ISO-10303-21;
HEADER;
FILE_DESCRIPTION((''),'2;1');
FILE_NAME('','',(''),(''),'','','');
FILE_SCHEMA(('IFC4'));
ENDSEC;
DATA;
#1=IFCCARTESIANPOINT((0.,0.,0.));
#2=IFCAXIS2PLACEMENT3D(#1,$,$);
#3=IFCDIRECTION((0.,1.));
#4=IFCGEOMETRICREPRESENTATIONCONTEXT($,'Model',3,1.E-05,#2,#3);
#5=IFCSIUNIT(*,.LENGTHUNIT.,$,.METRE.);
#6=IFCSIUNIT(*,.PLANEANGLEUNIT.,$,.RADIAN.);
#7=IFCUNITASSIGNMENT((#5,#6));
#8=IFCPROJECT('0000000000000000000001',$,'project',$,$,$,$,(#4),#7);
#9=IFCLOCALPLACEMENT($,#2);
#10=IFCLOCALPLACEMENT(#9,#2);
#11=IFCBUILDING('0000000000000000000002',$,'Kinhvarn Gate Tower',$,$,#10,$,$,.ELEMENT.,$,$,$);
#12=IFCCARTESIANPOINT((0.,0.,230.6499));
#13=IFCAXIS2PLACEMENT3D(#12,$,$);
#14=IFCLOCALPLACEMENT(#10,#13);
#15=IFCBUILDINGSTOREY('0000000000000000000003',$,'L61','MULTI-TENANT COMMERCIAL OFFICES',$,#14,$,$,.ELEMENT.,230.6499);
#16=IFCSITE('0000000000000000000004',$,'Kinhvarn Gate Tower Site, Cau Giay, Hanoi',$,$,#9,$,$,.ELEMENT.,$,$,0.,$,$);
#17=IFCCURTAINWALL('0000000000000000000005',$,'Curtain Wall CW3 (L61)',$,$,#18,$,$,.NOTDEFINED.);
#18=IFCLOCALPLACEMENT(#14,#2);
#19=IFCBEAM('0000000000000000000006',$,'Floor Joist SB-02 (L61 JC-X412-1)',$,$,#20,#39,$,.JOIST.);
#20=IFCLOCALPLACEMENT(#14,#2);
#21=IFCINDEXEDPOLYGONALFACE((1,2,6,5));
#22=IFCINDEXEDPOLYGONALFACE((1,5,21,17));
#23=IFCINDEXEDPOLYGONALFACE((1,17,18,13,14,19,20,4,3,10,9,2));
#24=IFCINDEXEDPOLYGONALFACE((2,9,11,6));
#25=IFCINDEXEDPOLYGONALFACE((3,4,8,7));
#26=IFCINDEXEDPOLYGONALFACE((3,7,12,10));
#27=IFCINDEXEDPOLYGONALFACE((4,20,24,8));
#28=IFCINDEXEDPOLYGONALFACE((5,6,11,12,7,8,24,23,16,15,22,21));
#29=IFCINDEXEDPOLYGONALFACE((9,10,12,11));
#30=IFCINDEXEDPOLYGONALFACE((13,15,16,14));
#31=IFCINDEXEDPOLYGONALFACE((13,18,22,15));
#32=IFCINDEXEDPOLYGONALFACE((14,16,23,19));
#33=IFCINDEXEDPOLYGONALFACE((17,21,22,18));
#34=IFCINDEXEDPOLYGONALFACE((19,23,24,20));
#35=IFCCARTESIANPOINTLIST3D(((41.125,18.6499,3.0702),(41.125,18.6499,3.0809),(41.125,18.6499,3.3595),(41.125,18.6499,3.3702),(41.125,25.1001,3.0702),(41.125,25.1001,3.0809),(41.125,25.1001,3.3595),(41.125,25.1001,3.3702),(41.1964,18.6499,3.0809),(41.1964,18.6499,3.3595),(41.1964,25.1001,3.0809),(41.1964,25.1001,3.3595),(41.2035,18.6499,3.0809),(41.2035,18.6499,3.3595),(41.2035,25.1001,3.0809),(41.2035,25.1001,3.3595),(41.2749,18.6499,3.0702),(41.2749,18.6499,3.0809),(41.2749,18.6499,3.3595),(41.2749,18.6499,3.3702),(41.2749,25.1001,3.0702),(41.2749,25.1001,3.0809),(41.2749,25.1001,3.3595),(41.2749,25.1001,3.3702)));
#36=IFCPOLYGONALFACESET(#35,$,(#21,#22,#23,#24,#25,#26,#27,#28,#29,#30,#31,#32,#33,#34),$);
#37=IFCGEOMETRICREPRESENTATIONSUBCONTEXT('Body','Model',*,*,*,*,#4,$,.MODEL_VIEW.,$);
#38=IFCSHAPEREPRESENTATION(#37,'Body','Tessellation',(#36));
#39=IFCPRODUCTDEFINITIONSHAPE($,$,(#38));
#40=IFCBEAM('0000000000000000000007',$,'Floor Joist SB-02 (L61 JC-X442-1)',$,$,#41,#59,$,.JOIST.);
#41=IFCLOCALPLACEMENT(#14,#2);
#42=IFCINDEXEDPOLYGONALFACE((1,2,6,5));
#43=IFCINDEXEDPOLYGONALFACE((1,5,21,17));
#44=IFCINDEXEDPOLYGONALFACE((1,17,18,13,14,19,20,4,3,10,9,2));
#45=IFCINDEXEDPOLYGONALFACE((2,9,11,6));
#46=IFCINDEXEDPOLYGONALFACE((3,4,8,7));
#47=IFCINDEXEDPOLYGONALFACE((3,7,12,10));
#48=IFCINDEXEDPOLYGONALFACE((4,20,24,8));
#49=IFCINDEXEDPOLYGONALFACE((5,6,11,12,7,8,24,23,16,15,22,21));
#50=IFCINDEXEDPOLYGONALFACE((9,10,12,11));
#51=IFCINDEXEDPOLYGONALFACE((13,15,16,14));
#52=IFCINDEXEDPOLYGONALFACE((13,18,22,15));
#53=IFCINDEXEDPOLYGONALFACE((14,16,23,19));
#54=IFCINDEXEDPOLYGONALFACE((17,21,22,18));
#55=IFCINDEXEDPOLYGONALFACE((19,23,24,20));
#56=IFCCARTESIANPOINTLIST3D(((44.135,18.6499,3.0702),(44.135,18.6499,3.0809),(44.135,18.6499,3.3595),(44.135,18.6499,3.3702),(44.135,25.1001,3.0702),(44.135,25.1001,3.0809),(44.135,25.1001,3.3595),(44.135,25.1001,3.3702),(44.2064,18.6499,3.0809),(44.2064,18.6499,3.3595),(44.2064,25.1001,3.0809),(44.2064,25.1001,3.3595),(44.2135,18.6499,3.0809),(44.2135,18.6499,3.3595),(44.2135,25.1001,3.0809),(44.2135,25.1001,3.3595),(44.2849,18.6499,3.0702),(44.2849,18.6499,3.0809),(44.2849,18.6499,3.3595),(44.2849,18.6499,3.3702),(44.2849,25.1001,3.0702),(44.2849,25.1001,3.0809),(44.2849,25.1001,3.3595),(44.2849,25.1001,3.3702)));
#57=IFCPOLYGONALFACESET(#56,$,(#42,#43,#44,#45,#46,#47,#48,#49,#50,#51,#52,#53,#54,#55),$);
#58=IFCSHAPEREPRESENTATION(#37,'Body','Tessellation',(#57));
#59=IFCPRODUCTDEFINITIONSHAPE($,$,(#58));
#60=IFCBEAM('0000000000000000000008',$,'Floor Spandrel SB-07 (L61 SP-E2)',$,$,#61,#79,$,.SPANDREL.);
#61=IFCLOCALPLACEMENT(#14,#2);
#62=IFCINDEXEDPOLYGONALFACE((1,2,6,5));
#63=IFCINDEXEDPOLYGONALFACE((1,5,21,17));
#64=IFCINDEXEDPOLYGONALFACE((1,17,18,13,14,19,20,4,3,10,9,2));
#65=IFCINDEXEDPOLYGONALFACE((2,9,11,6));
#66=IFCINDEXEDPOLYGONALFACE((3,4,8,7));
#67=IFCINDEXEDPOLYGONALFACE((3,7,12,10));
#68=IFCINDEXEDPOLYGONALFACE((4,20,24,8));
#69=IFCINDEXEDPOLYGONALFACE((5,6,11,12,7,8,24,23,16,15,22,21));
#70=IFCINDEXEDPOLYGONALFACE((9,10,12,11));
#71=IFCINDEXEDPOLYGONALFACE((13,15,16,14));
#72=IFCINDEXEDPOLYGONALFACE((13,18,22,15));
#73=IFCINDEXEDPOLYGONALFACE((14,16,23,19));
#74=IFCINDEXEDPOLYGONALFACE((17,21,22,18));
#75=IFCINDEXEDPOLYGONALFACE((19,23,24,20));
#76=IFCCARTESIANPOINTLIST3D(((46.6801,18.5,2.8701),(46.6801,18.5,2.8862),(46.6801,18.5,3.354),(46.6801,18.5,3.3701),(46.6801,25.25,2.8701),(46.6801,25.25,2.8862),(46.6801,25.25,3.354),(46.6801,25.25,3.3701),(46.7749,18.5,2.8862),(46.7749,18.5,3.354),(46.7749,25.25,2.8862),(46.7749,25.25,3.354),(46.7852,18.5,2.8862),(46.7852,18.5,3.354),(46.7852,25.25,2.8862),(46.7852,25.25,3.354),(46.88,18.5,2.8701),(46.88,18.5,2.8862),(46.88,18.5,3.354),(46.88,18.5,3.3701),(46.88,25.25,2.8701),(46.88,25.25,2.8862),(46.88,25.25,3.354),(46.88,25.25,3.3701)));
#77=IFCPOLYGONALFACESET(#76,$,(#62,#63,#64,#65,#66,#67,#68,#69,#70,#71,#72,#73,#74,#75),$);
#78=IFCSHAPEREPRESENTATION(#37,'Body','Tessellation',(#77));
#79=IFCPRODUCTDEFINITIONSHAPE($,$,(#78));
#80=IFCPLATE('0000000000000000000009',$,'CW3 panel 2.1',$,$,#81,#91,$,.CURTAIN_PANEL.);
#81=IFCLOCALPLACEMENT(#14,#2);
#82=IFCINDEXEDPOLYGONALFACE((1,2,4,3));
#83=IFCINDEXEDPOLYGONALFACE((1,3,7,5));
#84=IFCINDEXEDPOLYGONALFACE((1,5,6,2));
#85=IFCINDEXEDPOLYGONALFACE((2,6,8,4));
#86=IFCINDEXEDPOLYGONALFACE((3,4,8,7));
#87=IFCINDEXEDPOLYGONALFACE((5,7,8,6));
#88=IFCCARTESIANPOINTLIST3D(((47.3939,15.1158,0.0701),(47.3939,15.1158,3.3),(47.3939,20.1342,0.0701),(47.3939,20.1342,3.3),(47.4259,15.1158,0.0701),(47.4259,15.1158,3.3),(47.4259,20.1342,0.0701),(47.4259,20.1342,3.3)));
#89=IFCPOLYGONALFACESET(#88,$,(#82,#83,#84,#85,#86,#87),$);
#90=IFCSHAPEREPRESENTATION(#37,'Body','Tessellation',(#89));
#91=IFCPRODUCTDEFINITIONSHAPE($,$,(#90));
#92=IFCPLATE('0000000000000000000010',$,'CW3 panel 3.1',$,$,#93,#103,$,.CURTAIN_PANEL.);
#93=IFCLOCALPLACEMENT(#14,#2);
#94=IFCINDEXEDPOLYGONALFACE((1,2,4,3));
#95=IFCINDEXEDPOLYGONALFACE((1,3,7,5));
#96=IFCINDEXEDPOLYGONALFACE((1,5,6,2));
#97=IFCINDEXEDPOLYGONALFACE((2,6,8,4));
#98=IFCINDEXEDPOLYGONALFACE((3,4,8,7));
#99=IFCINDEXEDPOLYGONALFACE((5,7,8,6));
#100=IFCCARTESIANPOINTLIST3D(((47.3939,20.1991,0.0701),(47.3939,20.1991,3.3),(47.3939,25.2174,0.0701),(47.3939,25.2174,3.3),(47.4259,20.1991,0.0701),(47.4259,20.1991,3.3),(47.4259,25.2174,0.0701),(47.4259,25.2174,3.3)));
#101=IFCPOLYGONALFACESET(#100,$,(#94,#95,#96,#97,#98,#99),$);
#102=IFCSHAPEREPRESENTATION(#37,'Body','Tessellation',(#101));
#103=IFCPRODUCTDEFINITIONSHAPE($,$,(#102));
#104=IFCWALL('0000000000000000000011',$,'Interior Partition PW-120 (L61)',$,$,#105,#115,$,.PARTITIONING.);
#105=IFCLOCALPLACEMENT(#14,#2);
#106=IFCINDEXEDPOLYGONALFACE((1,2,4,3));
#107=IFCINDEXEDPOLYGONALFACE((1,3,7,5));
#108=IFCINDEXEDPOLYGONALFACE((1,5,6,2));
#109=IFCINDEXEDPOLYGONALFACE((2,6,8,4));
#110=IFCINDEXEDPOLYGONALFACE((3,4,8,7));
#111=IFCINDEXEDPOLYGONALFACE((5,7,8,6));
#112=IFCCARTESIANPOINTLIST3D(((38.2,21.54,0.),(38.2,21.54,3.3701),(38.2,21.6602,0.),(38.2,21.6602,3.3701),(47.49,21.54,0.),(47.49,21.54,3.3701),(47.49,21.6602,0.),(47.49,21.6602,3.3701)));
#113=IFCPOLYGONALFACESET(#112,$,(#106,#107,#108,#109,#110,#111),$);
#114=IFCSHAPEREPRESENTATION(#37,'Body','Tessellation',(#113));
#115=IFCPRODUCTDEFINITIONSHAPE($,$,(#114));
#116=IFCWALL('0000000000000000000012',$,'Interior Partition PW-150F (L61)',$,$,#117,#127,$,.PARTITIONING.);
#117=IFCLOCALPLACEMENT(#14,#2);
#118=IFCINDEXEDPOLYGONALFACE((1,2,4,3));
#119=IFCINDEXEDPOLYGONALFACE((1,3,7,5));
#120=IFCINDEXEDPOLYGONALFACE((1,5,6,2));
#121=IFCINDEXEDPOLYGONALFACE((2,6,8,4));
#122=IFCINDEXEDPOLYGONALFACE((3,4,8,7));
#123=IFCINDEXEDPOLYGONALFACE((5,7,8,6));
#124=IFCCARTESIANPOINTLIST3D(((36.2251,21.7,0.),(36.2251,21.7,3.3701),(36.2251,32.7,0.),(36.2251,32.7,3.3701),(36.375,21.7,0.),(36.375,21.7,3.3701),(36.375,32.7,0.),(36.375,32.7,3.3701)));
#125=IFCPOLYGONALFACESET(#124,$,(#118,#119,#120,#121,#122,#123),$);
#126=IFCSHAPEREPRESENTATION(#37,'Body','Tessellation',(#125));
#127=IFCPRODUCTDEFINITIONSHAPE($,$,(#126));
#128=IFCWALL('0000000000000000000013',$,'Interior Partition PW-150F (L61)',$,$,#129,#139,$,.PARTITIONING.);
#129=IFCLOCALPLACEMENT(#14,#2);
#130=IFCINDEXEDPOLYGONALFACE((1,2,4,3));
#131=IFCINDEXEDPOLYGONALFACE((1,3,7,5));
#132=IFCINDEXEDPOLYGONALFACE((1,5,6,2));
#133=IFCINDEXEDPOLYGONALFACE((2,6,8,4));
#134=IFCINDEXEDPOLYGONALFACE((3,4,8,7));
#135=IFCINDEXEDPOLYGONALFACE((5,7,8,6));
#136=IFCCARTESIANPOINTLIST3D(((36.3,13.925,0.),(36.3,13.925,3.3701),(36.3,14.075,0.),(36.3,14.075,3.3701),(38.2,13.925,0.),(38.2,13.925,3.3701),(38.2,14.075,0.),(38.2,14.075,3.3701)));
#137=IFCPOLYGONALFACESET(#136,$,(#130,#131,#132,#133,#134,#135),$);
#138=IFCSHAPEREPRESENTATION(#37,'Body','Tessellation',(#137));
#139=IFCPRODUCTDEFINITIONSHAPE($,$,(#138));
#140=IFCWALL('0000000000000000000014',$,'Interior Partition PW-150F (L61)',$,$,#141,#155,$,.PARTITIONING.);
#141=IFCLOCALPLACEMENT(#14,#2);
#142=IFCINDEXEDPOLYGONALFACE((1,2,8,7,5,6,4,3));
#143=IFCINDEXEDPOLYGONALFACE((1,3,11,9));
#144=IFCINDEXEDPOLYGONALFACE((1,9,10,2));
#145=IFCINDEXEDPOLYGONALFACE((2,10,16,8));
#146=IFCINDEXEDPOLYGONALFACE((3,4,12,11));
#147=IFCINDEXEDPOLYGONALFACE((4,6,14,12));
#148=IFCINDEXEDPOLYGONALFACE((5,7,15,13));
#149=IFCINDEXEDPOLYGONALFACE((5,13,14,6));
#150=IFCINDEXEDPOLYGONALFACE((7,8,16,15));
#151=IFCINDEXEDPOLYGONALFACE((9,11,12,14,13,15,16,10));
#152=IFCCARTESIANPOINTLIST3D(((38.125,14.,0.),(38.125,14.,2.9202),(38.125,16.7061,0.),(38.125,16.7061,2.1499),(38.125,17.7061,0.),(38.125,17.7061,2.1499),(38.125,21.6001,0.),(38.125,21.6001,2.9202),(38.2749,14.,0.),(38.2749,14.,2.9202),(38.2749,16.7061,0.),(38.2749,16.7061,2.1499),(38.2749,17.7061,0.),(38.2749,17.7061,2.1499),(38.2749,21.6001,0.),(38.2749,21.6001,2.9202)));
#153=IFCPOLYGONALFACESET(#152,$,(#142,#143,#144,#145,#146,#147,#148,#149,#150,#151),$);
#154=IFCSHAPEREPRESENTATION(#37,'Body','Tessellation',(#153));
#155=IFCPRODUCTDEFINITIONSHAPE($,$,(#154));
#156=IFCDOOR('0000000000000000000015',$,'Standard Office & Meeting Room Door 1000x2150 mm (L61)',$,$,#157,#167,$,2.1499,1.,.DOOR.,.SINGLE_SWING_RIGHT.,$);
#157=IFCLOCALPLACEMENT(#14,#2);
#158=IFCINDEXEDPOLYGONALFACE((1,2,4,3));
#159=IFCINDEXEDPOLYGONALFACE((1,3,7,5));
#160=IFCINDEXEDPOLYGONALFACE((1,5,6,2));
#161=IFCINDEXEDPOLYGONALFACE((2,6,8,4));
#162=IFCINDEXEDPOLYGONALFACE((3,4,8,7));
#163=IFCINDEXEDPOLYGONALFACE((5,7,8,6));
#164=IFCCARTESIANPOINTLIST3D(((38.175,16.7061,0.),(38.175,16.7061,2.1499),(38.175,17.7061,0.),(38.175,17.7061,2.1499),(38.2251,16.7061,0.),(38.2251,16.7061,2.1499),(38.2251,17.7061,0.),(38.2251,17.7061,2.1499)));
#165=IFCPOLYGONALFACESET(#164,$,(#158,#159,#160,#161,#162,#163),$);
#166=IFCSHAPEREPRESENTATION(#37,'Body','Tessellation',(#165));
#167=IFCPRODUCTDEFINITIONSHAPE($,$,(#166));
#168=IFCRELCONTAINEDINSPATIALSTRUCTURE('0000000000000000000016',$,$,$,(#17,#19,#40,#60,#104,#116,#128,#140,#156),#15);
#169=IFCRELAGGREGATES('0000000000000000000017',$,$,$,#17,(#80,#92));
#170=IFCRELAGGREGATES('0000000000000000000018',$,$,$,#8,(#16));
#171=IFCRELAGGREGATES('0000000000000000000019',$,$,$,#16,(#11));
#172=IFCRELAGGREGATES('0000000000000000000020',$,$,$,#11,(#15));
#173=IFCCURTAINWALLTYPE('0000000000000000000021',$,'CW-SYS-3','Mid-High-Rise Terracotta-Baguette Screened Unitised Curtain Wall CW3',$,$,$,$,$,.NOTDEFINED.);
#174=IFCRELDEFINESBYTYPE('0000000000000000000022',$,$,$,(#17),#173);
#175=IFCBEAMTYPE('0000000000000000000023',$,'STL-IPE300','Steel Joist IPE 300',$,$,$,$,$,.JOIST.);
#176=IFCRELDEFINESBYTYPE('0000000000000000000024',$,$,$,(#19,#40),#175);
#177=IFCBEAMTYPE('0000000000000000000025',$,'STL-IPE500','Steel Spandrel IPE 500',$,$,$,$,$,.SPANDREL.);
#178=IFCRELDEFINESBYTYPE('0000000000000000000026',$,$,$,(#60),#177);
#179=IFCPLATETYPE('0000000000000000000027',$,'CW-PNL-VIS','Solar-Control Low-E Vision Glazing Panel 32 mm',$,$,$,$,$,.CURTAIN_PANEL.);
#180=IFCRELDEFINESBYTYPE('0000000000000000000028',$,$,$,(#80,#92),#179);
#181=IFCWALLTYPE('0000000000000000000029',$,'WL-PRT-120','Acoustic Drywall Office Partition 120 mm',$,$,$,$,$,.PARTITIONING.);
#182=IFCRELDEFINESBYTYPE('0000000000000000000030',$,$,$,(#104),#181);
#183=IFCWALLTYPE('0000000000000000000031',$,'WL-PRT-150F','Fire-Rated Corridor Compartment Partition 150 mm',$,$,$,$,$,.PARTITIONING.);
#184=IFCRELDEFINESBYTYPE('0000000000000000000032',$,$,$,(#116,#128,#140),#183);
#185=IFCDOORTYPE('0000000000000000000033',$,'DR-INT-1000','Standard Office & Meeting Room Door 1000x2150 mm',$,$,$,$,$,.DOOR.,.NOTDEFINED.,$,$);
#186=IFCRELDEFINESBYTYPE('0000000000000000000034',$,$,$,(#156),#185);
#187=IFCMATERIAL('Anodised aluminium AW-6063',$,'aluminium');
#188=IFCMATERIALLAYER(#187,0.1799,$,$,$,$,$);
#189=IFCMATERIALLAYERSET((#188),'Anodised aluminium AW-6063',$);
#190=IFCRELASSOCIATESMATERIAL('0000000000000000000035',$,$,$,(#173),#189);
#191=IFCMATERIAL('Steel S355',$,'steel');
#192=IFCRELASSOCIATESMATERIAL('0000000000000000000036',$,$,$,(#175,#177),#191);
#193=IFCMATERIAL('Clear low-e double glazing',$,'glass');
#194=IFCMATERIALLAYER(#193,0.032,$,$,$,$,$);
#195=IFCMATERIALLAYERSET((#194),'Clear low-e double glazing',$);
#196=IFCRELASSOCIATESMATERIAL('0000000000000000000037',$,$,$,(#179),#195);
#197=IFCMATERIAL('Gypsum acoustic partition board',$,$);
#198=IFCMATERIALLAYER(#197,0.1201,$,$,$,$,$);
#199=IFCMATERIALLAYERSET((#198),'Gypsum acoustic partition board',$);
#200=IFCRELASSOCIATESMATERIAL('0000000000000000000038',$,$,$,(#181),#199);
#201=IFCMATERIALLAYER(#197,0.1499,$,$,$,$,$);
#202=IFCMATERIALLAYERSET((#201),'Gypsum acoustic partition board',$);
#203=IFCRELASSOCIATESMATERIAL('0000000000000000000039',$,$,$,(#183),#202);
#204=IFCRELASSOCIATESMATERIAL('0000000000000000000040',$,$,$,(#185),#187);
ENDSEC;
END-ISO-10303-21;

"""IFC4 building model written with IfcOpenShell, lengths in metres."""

from ifc_helpers import new_model, si_unit, direction, frame, frame_2d, origin, origin_2d, place, context, subcontext, project, spatial, rectangle, i_section, extrude, material, layer, layer_set, material_profile, profile_set, type_object, element, fill, aggregate, save


model = new_model("IFC4")

# Units and contexts
model_context = context("Model", 3, precision=1e-05, world=origin(), true_north=direction((0.0, 1.0)))
body_context = subcontext(model_context, "Body", "Model", "MODEL_VIEW")
ifc_project = project(units=[si_unit("LENGTHUNIT", "METRE"), si_unit("PLANEANGLEUNIT", "RADIAN")], contexts=[model_context])

# Site, building, storey
site_placement = place(None, origin())
site = spatial("IfcSite", under=ifc_project, at=site_placement, Name="Kinhvarn Gate Tower Site, Cau Giay, Hanoi", CompositionType="ELEMENT", RefElevation=0.0)
building_placement = place(site_placement, origin())
building = spatial("IfcBuilding", under=site, at=building_placement, Name="Kinhvarn Gate Tower", CompositionType="ELEMENT")
storey_placement = place(building_placement, frame((0.0, 0.0, 230.6499)))
storey = spatial("IfcBuildingStorey", under=building, at=storey_placement, Name="L61", Description="MULTI-TENANT COMMERCIAL OFFICES", CompositionType="ELEMENT", Elevation=230.6499)

# Curtain wall
ifc_material_1 = material(Name="Anodised aluminium AW-6063", Category="aluminium")
ifc_layer_1 = layer(ifc_material_1, 0.1799)
ifc_layer_set_1 = layer_set([ifc_layer_1], Name="Anodised aluminium AW-6063")
curtain_wall_type = type_object("IfcCurtainWallType", Name="CW-SYS-3", Description="Mid-High-Rise Terracotta-Baguette Screened Unitised Curtain Wall CW3", PredefinedType="NOTDEFINED", material=ifc_layer_set_1)
curtain_wall_placement = place(storey_placement, origin())
curtain_wall = element("IfcCurtainWall", 1, at=curtain_wall_placement, inside=storey, type_object=curtain_wall_type, Name="Curtain Wall CW3 (L61)", PredefinedType="NOTDEFINED")

# Beams
ifc_material_2 = material(Name="Steel S355", Category="steel")
ifc_material_profile_1 = material_profile(ifc_material_2, i_section(OverallWidth=0.1499, OverallDepth=0.3, WebThickness=0.0071, FlangeThickness=0.0107, at=origin_2d()), Name="IPE 300")
ifc_profile_set_1 = profile_set([ifc_material_profile_1], Name="Steel S355")
beam_type_1 = type_object("IfcBeamType", Name="STL-IPE300", Description="Steel Joist IPE 300", PredefinedType="JOIST", material=ifc_profile_set_1)
for number, where, z_axis, x_axis, name in (
    (2, (41.2, 18.6499, 3.2202), (0.0, 1.0, 0.0), (-1.0, 0.0, 0.0), "Floor Joist SB-02 (L61 JC-X412-1)"),
    (3, (44.21, 18.6499, 3.2202), (0.0, 1.0, 0.0), (-1.0, 0.0, 0.0), "Floor Joist SB-02 (L61 JC-X442-1)"),
):
    element("IfcBeam", number, at=place(storey_placement, frame(where, z_axis=z_axis, x_axis=x_axis)), inside=storey, type_object=beam_type_1, Name=name, PredefinedType="JOIST", context=body_context, shape_type="SweptSolid", body=[
        extrude(i_section(OverallWidth=0.1499, OverallDepth=0.3, WebThickness=0.0071, FlangeThickness=0.0107, at=origin_2d()), origin(), (0.0, 0.0, 1.0), 6.4502),
    ])
ifc_material_profile_2 = material_profile(ifc_material_2, i_section(OverallWidth=0.2, OverallDepth=0.5, WebThickness=0.0103, FlangeThickness=0.0161, at=origin_2d()), Name="IPE 500")
ifc_profile_set_2 = profile_set([ifc_material_profile_2], Name="Steel S355")
beam_type_2 = type_object("IfcBeamType", Name="STL-IPE500", Description="Steel Spandrel IPE 500", PredefinedType="SPANDREL", material=ifc_profile_set_2)
beam_1_placement = place(storey_placement, frame((46.78, 18.5, 3.1201), z_axis=(0.0, 1.0, 0.0), x_axis=(-1.0, 0.0, 0.0)))
element("IfcBeam", 4, at=beam_1_placement, inside=storey, type_object=beam_type_2, Name="Floor Spandrel SB-07 (L61 SP-E2)", PredefinedType="SPANDREL", context=body_context, shape_type="SweptSolid", body=[
    extrude(i_section(OverallWidth=0.2, OverallDepth=0.5, WebThickness=0.0103, FlangeThickness=0.0161, at=origin_2d()), origin(), (0.0, 0.0, 1.0), 6.75),
])

# Plates
ifc_material_3 = material(Name="Clear low-e double glazing", Category="glass")
ifc_layer_2 = layer(ifc_material_3, 0.032)
ifc_layer_set_2 = layer_set([ifc_layer_2], Name="Clear low-e double glazing")
plate_type = type_object("IfcPlateType", Name="CW-PNL-VIS", Description="Solar-Control Low-E Vision Glazing Panel 32 mm", PredefinedType="CURTAIN_PANEL", material=ifc_layer_set_2)
plate_1_placement = place(storey_placement, frame((47.4099, 17.625, 0.0701), z_axis=(0.0, 0.0, 1.0), x_axis=(0.0, 1.0, 0.0)))
plate_1 = element("IfcPlate", 5, at=plate_1_placement, type_object=plate_type, Name="CW3 panel 2.1", PredefinedType="CURTAIN_PANEL", context=body_context, shape_type="SweptSolid", body=[
    extrude(rectangle(XDim=5.0183, YDim=0.032, at=origin_2d()), origin(), (0.0, 0.0, 1.0), 3.23),
])
plate_2_placement = place(storey_placement, frame((47.4099, 22.7083, 0.0701), z_axis=(0.0, 0.0, 1.0), x_axis=(0.0, 1.0, 0.0)))
plate_2 = element("IfcPlate", 6, at=plate_2_placement, type_object=plate_type, Name="CW3 panel 3.1", PredefinedType="CURTAIN_PANEL", context=body_context, shape_type="SweptSolid", body=[
    extrude(rectangle(XDim=5.0183, YDim=0.032, at=origin_2d()), origin(), (0.0, 0.0, 1.0), 3.23),
])
aggregate(curtain_wall, [plate_1, plate_2])

# Wall
ifc_material_4 = material(Name="Gypsum acoustic partition board")
ifc_layer_3 = layer(ifc_material_4, 0.1201)
ifc_layer_set_3 = layer_set([ifc_layer_3], Name="Gypsum acoustic partition board")
wall_type_1 = type_object("IfcWallType", Name="WL-PRT-120", Description="Acoustic Drywall Office Partition 120 mm", PredefinedType="PARTITIONING", material=ifc_layer_set_3)
wall_1_placement = place(storey_placement, frame((38.2, 21.6001, 0.0), z_axis=(0.0, 0.0, 1.0), x_axis=(1.0, 0.0, 0.0)))
element("IfcWall", 7, at=wall_1_placement, inside=storey, type_object=wall_type_1, Name="Interior Partition PW-120 (L61)", PredefinedType="PARTITIONING", context=body_context, shape_type="SweptSolid", body=[
    extrude(rectangle(XDim=9.29, YDim=0.1201, at=frame_2d((4.645, 0.0))), origin(), (0.0, 0.0, 1.0), 3.3701),
])

# Shared definitions
ifc_layer_4 = layer(ifc_material_4, 0.1499)
ifc_layer_set_4 = layer_set([ifc_layer_4], Name="Gypsum acoustic partition board")
wall_type_2 = type_object("IfcWallType", Name="WL-PRT-150F", Description="Fire-Rated Corridor Compartment Partition 150 mm", PredefinedType="PARTITIONING", material=ifc_layer_set_4)
door_type = type_object("IfcDoorType", Name="DR-INT-1000", Description="Standard Office & Meeting Room Door 1000x2150 mm", OperationType="NOTDEFINED", PredefinedType="DOOR", material=ifc_material_1)

# Walls
wall_2_placement = place(storey_placement, frame((36.3, 21.7, 0.0), z_axis=(0.0, 0.0, 1.0), x_axis=(0.0, 1.0, 0.0)))
element("IfcWall", 8, at=wall_2_placement, inside=storey, type_object=wall_type_2, Name="Interior Partition PW-150F (L61)", PredefinedType="PARTITIONING", context=body_context, shape_type="SweptSolid", body=[
    extrude(rectangle(XDim=11.0, YDim=0.1499, at=frame_2d((5.5, 0.0))), origin(), (0.0, 0.0, 1.0), 3.3701),
])
wall_3_placement = place(storey_placement, frame((36.3, 14.0, 0.0), z_axis=(0.0, 0.0, 1.0), x_axis=(1.0, 0.0, 0.0)))
element("IfcWall", 9, at=wall_3_placement, inside=storey, type_object=wall_type_2, Name="Interior Partition PW-150F (L61)", PredefinedType="PARTITIONING", context=body_context, shape_type="SweptSolid", body=[
    extrude(rectangle(XDim=1.8999, YDim=0.1499, at=frame_2d((0.95, 0.0))), origin(), (0.0, 0.0, 1.0), 3.3701),
])

# Wall, opening, door
wall_4_placement = place(storey_placement, frame((38.2, 14.0, 0.0), z_axis=(0.0, 0.0, 1.0), x_axis=(0.0, 1.0, 0.0)))
wall_4 = element("IfcWall", 10, at=wall_4_placement, inside=storey, type_object=wall_type_2, Name="Interior Partition PW-150F (L61)", PredefinedType="PARTITIONING", context=body_context, shape_type="SweptSolid", body=[
    extrude(rectangle(XDim=7.6001, YDim=0.1499, at=frame_2d((3.8, 0.0))), origin(), (0.0, 0.0, 1.0), 2.9202),
])
opening_1_placement = place(wall_4_placement, frame((2.7061, 0.0, 0.0)))
opening_1 = element("IfcOpeningElement", 11, at=opening_1_placement, cuts=wall_4, PredefinedType="OPENING", context=body_context, shape_type="SweptSolid", body=[
    extrude(rectangle(XDim=1.0, YDim=2.1499, at=frame_2d((0.5, 1.075))), frame((0.0, 0.085, 0.0), z_axis=(0.0, -1.0, 0.0), x_axis=(1.0, 0.0, 0.0)), (0.0, 0.0, 1.0), 0.1699),
])
door_1_placement = place(opening_1_placement, origin())
door_1 = element("IfcDoor", 12, at=door_1_placement, inside=storey, type_object=door_type, Name="Standard Office & Meeting Room Door 1000x2150 mm (L61)", OperationType="SINGLE_SWING_RIGHT", OverallHeight=2.1499, OverallWidth=1.0, PredefinedType="DOOR", context=body_context, shape_type="SweptSolid", body=[
    extrude(rectangle(XDim=1.0, YDim=2.1499, at=frame_2d((0.5, 1.075))), frame((0.0, 0.0249, 0.0), z_axis=(0.0, -1.0, 0.0), x_axis=(1.0, 0.0, 0.0)), (0.0, 0.0, 1.0), 0.05),
])
fill(opening_1, door_1)

save(model, "model.ifc")
